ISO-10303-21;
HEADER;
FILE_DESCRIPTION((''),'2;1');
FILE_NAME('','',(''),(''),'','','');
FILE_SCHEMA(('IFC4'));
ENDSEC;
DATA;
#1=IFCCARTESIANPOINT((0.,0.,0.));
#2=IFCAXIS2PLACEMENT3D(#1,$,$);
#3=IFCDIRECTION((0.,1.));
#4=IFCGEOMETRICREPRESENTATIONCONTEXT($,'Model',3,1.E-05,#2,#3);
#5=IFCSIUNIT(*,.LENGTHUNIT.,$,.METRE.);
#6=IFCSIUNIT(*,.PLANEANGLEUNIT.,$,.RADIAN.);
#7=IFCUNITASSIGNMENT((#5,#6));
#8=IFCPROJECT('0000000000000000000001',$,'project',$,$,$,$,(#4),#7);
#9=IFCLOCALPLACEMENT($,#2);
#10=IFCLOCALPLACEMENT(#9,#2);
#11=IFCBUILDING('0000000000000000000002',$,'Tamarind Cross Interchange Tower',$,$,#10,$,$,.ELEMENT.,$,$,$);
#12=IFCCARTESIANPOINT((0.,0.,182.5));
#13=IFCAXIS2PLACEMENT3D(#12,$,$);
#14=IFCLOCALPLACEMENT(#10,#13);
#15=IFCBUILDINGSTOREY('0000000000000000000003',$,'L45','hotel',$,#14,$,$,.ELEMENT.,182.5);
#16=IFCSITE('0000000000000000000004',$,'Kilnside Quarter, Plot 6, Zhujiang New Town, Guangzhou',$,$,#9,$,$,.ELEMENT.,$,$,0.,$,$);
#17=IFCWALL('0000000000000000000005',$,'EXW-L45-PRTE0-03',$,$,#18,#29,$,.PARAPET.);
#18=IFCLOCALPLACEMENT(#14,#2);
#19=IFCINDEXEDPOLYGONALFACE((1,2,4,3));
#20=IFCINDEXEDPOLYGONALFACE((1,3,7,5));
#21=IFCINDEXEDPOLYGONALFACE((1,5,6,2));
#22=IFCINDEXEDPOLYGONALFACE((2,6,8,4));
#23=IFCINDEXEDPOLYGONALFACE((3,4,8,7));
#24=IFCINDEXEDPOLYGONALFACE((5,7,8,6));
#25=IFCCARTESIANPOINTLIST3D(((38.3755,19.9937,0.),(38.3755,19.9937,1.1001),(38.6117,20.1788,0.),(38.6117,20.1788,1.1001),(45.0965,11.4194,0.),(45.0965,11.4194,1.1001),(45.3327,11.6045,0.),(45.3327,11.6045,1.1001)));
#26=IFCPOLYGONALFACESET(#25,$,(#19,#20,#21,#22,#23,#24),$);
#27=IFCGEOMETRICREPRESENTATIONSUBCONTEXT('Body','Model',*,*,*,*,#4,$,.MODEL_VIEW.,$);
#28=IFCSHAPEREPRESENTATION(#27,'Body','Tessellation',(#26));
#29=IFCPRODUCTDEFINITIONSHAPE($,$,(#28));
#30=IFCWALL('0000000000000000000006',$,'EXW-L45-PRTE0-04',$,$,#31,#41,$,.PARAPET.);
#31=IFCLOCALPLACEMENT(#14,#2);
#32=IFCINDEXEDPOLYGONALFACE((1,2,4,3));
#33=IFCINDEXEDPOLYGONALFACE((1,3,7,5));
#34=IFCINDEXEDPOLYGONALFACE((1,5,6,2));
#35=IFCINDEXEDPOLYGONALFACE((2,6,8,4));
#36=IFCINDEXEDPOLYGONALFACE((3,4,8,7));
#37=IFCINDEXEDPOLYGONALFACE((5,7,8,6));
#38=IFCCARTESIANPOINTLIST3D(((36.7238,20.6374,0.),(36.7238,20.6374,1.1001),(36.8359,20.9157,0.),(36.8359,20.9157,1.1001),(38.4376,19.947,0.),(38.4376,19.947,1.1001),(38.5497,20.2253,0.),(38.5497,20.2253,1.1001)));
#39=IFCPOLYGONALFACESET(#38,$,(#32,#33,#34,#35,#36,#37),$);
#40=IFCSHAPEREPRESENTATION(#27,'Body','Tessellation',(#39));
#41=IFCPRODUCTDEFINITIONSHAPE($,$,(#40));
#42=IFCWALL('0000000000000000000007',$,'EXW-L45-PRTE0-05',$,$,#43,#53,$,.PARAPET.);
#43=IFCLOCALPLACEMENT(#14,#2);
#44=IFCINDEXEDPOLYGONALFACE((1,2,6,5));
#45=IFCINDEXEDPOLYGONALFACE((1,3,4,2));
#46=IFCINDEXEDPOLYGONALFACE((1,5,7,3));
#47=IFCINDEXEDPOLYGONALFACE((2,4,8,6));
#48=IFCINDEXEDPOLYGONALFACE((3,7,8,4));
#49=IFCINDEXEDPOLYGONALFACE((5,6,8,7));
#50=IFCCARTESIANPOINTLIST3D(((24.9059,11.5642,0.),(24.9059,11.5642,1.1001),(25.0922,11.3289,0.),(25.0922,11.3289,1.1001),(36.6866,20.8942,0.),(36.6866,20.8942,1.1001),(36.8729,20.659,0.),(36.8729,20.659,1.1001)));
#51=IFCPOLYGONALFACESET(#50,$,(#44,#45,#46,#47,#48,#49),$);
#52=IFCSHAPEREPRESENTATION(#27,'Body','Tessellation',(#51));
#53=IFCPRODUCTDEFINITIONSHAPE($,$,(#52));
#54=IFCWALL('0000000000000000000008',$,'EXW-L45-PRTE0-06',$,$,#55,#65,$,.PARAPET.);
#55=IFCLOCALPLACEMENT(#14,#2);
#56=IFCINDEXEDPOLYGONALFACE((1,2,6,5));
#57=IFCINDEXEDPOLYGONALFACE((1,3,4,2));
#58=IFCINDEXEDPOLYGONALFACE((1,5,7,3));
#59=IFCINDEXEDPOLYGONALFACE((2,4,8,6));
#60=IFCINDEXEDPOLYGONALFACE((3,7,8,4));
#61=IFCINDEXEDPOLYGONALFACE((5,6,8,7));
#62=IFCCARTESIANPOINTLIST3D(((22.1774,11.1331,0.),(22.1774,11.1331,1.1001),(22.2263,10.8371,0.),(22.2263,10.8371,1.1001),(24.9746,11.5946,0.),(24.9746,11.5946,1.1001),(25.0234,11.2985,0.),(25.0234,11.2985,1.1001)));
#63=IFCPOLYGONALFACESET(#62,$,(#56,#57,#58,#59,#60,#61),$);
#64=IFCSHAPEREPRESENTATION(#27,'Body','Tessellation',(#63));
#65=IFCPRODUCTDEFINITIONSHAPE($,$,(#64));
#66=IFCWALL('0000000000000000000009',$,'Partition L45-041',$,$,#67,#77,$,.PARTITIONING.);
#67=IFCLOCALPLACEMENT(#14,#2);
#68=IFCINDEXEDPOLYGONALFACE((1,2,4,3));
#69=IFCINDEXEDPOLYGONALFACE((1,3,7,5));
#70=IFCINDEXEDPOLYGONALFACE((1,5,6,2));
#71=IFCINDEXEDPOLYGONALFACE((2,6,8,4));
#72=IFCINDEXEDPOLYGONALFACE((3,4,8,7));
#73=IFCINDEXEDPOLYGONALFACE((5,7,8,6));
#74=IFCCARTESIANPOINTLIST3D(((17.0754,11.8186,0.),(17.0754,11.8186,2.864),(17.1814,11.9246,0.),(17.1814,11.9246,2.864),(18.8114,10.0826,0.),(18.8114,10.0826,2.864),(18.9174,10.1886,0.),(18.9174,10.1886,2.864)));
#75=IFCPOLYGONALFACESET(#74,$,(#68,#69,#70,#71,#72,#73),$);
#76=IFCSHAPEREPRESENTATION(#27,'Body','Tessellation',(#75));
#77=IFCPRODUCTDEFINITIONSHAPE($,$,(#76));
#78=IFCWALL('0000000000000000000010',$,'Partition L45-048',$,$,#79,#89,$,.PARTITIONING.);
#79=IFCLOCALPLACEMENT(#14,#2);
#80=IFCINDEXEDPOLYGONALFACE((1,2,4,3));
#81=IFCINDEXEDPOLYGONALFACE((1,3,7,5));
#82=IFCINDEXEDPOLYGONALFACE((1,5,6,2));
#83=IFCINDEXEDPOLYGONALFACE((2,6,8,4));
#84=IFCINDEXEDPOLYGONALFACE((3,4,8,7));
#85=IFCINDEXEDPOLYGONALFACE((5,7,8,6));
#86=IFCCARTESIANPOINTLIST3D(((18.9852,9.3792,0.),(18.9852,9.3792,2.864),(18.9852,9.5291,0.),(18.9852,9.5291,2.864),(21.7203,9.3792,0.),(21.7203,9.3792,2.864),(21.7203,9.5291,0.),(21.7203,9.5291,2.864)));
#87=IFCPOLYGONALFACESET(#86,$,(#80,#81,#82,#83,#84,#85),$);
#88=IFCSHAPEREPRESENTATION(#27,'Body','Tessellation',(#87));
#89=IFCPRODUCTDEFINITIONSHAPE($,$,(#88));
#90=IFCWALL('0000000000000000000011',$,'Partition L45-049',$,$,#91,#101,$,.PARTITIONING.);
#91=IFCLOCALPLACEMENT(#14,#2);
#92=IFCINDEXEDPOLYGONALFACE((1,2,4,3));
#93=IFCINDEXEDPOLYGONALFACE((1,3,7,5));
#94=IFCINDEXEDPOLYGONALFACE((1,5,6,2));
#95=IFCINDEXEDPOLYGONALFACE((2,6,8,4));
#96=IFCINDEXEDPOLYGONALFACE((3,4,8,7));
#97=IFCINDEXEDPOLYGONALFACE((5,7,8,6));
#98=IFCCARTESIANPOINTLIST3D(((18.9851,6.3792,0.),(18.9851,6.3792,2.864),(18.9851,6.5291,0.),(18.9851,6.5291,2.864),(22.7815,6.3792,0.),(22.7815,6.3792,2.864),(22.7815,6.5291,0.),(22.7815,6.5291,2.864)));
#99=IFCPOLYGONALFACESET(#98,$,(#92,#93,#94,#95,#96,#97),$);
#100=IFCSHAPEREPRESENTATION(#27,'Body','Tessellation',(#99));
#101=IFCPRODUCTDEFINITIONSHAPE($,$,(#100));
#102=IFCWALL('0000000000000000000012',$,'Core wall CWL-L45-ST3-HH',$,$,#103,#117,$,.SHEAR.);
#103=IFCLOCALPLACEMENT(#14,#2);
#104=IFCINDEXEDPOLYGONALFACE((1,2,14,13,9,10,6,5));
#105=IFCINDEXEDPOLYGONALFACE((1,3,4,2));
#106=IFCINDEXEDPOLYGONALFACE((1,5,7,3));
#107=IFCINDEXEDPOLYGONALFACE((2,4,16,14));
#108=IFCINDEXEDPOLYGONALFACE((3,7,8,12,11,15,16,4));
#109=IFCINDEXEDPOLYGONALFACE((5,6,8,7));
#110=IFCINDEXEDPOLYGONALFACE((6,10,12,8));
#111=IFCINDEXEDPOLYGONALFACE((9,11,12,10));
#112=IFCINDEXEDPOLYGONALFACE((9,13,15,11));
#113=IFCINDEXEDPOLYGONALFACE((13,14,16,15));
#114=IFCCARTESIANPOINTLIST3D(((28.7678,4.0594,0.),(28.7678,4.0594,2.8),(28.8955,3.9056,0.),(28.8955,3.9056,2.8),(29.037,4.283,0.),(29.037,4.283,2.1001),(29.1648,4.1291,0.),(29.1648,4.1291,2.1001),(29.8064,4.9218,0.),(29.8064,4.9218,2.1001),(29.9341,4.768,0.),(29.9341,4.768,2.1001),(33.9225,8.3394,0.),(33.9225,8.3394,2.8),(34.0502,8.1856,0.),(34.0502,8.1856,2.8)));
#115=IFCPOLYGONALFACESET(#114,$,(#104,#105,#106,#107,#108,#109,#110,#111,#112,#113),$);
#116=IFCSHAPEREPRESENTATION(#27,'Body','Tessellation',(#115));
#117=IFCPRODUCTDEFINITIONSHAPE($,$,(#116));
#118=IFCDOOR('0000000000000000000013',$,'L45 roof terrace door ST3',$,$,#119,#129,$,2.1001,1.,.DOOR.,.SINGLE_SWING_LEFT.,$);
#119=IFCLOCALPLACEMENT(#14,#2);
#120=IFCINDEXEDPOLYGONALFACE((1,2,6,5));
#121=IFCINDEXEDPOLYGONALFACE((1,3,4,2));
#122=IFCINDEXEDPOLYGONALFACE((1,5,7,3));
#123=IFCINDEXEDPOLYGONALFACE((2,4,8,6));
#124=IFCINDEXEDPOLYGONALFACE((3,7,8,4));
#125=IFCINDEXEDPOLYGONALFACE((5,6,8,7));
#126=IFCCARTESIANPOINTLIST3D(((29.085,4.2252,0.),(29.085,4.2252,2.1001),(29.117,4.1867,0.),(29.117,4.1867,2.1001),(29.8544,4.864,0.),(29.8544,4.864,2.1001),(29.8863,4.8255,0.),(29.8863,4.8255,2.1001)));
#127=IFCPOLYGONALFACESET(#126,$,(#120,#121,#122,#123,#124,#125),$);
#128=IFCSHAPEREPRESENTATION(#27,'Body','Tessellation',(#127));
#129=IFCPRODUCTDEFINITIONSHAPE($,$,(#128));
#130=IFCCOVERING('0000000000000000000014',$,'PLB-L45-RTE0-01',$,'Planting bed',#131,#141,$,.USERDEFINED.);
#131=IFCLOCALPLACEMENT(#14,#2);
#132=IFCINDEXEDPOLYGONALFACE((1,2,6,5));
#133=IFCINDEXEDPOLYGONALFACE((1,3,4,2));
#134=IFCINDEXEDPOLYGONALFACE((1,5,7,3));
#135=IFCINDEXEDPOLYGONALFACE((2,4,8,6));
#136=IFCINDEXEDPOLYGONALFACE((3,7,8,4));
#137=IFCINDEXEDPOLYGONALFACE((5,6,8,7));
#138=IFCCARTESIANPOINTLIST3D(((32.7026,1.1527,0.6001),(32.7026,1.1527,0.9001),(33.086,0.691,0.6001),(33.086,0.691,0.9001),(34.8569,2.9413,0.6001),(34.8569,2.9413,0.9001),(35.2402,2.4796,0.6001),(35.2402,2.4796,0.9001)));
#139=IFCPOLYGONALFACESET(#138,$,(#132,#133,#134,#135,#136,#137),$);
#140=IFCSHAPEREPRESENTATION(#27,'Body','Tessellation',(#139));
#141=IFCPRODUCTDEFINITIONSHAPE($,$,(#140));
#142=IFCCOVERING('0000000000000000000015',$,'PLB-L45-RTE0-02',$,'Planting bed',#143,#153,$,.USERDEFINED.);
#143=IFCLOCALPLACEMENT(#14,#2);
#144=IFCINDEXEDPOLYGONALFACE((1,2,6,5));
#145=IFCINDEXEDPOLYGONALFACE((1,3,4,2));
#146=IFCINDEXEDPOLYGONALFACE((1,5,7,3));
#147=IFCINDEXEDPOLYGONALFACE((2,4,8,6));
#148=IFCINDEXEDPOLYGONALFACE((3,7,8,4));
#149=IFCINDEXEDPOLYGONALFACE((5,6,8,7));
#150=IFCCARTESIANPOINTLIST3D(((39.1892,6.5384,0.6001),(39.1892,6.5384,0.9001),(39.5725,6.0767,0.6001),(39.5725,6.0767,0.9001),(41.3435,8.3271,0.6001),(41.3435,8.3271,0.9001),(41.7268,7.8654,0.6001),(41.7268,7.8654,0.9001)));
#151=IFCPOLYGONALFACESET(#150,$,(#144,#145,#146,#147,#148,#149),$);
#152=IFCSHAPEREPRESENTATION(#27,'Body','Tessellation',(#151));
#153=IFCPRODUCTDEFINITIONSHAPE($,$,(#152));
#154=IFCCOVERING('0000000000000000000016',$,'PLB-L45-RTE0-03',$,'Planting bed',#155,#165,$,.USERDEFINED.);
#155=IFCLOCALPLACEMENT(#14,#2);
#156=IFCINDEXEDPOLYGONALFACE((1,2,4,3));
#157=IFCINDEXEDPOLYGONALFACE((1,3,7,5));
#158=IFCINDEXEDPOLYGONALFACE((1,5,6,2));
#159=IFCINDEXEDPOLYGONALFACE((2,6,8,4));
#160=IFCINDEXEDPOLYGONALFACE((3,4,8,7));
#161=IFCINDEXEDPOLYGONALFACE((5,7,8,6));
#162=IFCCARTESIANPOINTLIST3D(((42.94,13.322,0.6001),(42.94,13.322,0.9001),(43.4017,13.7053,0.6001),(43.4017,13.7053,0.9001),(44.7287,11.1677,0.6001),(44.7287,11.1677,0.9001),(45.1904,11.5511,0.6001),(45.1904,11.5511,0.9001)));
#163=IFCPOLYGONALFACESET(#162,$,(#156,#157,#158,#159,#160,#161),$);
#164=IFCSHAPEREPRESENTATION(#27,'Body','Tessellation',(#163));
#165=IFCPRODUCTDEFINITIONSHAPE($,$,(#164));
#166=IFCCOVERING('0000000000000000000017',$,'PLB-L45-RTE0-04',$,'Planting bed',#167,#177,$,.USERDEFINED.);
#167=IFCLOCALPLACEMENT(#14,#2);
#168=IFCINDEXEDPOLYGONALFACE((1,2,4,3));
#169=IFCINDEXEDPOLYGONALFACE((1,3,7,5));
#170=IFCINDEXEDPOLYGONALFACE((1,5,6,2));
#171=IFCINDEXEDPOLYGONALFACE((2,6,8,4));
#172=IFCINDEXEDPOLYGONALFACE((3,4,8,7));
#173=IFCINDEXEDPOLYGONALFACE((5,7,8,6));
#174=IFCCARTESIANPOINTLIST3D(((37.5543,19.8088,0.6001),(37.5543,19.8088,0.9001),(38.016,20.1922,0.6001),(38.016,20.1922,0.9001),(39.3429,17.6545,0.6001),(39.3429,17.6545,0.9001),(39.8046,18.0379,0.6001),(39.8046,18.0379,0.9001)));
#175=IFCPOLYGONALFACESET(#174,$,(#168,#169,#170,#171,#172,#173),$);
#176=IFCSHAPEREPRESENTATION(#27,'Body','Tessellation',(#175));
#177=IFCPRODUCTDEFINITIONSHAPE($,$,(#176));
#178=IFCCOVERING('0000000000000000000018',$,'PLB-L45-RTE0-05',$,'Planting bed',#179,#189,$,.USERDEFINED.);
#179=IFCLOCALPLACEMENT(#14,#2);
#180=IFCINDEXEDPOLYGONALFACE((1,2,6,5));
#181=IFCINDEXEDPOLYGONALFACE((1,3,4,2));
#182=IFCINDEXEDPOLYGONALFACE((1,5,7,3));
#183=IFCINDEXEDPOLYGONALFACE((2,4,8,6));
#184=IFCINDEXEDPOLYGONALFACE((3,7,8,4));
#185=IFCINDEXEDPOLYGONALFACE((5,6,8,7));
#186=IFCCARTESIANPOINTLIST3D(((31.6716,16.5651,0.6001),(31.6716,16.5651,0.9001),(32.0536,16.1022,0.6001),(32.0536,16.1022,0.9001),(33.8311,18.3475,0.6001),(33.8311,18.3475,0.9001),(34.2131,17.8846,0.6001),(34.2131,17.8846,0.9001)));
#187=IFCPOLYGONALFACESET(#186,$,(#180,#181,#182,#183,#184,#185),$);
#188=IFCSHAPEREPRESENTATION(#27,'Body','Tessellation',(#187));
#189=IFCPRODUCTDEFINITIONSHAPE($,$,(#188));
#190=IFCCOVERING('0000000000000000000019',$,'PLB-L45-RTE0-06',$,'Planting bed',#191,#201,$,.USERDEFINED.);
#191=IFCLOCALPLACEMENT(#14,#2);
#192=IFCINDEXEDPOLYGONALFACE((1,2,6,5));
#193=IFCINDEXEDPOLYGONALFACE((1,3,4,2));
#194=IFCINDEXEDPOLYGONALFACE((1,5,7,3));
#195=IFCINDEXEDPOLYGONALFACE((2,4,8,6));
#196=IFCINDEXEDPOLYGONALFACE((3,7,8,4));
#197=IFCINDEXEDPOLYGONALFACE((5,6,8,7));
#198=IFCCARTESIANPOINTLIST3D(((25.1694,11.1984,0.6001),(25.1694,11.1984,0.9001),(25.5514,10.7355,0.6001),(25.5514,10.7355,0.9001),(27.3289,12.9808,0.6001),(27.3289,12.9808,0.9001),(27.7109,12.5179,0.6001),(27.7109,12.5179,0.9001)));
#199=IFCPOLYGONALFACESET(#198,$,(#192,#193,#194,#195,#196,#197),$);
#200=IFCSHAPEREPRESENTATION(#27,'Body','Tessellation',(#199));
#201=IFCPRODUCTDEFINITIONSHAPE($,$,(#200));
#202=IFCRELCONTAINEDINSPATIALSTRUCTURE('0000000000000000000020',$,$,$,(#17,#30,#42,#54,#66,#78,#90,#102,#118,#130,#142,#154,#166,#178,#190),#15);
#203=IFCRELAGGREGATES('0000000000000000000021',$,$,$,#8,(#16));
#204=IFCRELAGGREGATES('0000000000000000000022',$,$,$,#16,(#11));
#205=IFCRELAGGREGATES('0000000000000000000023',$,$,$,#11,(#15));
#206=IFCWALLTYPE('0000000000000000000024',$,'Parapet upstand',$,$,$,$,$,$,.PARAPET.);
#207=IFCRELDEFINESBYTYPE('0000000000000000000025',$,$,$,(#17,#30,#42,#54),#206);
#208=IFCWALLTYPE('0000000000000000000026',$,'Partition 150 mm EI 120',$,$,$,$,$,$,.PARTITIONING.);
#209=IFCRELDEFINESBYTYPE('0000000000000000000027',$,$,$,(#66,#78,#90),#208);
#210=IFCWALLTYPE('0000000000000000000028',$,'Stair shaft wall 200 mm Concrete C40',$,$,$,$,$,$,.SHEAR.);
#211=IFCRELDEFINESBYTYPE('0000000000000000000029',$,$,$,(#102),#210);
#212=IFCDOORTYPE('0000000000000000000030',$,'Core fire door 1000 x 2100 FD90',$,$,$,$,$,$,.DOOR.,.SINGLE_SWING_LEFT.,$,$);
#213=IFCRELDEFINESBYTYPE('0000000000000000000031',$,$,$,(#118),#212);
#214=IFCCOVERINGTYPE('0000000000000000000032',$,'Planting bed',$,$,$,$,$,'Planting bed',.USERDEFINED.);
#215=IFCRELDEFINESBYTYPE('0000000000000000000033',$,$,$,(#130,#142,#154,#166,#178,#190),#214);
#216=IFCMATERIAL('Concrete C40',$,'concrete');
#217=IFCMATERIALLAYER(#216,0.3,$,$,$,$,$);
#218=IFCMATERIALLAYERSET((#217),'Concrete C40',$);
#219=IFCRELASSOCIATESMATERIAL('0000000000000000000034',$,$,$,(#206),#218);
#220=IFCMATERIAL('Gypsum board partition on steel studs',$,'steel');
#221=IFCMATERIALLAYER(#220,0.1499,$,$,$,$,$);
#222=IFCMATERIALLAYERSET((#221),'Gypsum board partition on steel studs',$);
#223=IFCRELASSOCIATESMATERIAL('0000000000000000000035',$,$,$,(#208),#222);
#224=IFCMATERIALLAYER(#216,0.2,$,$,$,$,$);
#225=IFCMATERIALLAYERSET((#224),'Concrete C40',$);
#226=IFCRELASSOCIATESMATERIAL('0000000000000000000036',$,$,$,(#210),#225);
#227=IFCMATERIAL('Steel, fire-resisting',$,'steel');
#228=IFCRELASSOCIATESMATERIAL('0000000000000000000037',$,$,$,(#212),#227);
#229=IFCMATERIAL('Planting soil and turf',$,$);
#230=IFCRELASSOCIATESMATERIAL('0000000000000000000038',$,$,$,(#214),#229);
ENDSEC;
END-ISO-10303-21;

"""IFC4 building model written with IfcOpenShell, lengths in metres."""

from ifc_helpers import new_model, si_unit, direction, frame, frame_2d, origin, origin_2d, place, context, subcontext, project, spatial, rectangle, extrude, material, layer, layer_set, type_object, element, fill, save


model = new_model("IFC4")

# Units and contexts
model_context = context("Model", 3, precision=1e-05, world=origin(), true_north=direction((0.0, 1.0)))
body_context = subcontext(model_context, "Body", "Model", "MODEL_VIEW")
ifc_project = project(units=[si_unit("LENGTHUNIT", "METRE"), si_unit("PLANEANGLEUNIT", "RADIAN")], contexts=[model_context])

# Site, building, storey
site_placement = place(None, origin())
site = spatial("IfcSite", under=ifc_project, at=site_placement, Name="Kilnside Quarter, Plot 6, Zhujiang New Town, Guangzhou", CompositionType="ELEMENT", RefElevation=0.0)
building_placement = place(site_placement, origin())
building = spatial("IfcBuilding", under=site, at=building_placement, Name="Tamarind Cross Interchange Tower", CompositionType="ELEMENT")
storey_placement = place(building_placement, frame((0.0, 0.0, 182.5)))
storey = spatial("IfcBuildingStorey", under=building, at=storey_placement, Name="L45", Description="hotel", CompositionType="ELEMENT", Elevation=182.5)

# Shared definitions
ifc_material_1 = material(Name="Concrete C40", Category="concrete")

# Walls
ifc_layer_1 = layer(ifc_material_1, 0.3)
ifc_layer_set_1 = layer_set([ifc_layer_1], Name="Concrete C40")
wall_type_1 = type_object("IfcWallType", Name="Parapet upstand", PredefinedType="PARAPET", material=ifc_layer_set_1)
wall_1_placement = place(storey_placement, frame((45.2146, 11.512, 0.0), z_axis=(0.0, 0.0, 1.0), x_axis=(-0.616917, 0.787029, 0.0)))
element("IfcWall", 1, at=wall_1_placement, inside=storey, type_object=wall_type_1, Name="EXW-L45-PRTE0-03", PredefinedType="PARAPET", context=body_context, shape_type="SweptSolid", body=[
    extrude(rectangle(XDim=10.8945, YDim=0.3, at=frame_2d((5.4473, 0.0))), origin(), (0.0, 0.0, 1.0), 1.1001),
])
wall_2_placement = place(storey_placement, frame((38.4937, 20.0862, 0.0), z_axis=(0.0, 0.0, 1.0), x_axis=(-0.927563, 0.373668, 0.0)))
element("IfcWall", 2, at=wall_2_placement, inside=storey, type_object=wall_type_1, Name="EXW-L45-PRTE0-04", PredefinedType="PARAPET", context=body_context, shape_type="SweptSolid", body=[
    extrude(rectangle(XDim=1.8477, YDim=0.3, at=frame_2d((0.9238, 0.0))), origin(), (0.0, 0.0, 1.0), 1.1001),
])
wall_3_placement = place(storey_placement, frame((36.7798, 20.7766, 0.0), z_axis=(0.0, 0.0, 1.0), x_axis=(-0.783928, -0.620852, 0.0)))
element("IfcWall", 3, at=wall_3_placement, inside=storey, type_object=wall_type_1, Name="EXW-L45-PRTE0-05", PredefinedType="PARAPET", context=body_context, shape_type="SweptSolid", body=[
    extrude(rectangle(XDim=15.0278, YDim=0.3, at=frame_2d((7.5139, 0.0))), origin(), (0.0, 0.0, 1.0), 1.1001),
])
wall_4_placement = place(storey_placement, frame((24.999, 11.4465, 0.0), z_axis=(0.0, 0.0, 1.0), x_axis=(-0.986665, -0.162765, 0.0)))
element("IfcWall", 4, at=wall_4_placement, inside=storey, type_object=wall_type_1, Name="EXW-L45-PRTE0-06", PredefinedType="PARAPET", context=body_context, shape_type="SweptSolid", body=[
    extrude(rectangle(XDim=2.835, YDim=0.3, at=frame_2d((1.4175, 0.0))), origin(), (0.0, 0.0, 1.0), 1.1001),
])
ifc_material_2 = material(Name="Gypsum board partition on steel studs", Category="steel")
ifc_layer_2 = layer(ifc_material_2, 0.1499)
ifc_layer_set_2 = layer_set([ifc_layer_2], Name="Gypsum board partition on steel studs")
wall_type_2 = type_object("IfcWallType", Name="Partition 150 mm EI 120", PredefinedType="PARTITIONING", material=ifc_layer_set_2)
wall_5_placement = place(storey_placement, frame((17.1284, 11.8716, 0.0), z_axis=(0.0, 0.0, 1.0), x_axis=(0.707107, -0.707107, 0.0)))
element("IfcWall", 5, at=wall_5_placement, inside=storey, type_object=wall_type_2, Name="Partition L45-041", PredefinedType="PARTITIONING", context=body_context, shape_type="SweptSolid", body=[
    extrude(rectangle(XDim=2.4551, YDim=0.1499, at=frame_2d((1.2275, 0.0))), origin(), (0.0, 0.0, 1.0), 2.864),
])
wall_6_placement = place(storey_placement, frame((18.9851, 9.4541, 0.0), z_axis=(0.0, 0.0, 1.0), x_axis=(1.0, 0.0, 0.0)))
element("IfcWall", 6, at=wall_6_placement, inside=storey, type_object=wall_type_2, Name="Partition L45-048", PredefinedType="PARTITIONING", context=body_context, shape_type="SweptSolid", body=[
    extrude(rectangle(XDim=2.7351, YDim=0.1499, at=frame_2d((1.3677, 0.0))), origin(), (0.0, 0.0, 1.0), 2.864),
])
wall_7_placement = place(storey_placement, frame((18.9851, 6.4541, 0.0), z_axis=(0.0, 0.0, 1.0), x_axis=(1.0, 0.0, 0.0)))
element("IfcWall", 7, at=wall_7_placement, inside=storey, type_object=wall_type_2, Name="Partition L45-049", PredefinedType="PARTITIONING", context=body_context, shape_type="SweptSolid", body=[
    extrude(rectangle(XDim=3.7964, YDim=0.1499, at=frame_2d((1.8982, 0.0))), origin(), (0.0, 0.0, 1.0), 2.864),
])

# Wall, opening, door
ifc_layer_3 = layer(ifc_material_1, 0.2)
ifc_layer_set_3 = layer_set([ifc_layer_3], Name="Concrete C40")
wall_type_3 = type_object("IfcWallType", Name="Stair shaft wall 200 mm Concrete C40", PredefinedType="SHEAR", material=ifc_layer_set_3)
wall_8_placement = place(storey_placement, frame((28.8315, 3.9824, 0.0), z_axis=(0.0, 0.0, 1.0), x_axis=(0.769367, 0.638807, 0.0)))
wall_8 = element("IfcWall", 8, at=wall_8_placement, inside=storey, type_object=wall_type_3, Name="Core wall CWL-L45-ST3-HH", PredefinedType="SHEAR", context=body_context, shape_type="SweptSolid", body=[
    extrude(rectangle(XDim=6.7, YDim=0.2, at=frame_2d((3.3501, 0.0))), origin(), (0.0, 0.0, 1.0), 2.8),
])
opening_1_placement = place(wall_8_placement, frame((0.3501, 0.0, 0.0)))
opening_1 = element("IfcOpeningElement", 9, at=opening_1_placement, cuts=wall_8, PredefinedType="OPENING", context=body_context, shape_type="SweptSolid", body=[
    extrude(rectangle(XDim=1.0, YDim=2.1001, at=frame_2d((0.5, 1.05))), frame((0.0, 0.1099, 0.0), z_axis=(0.0, -1.0, 0.0), x_axis=(1.0, 0.0, 0.0)), (0.0, 0.0, 1.0), 0.22),
])
ifc_material_3 = material(Name="Steel, fire-resisting", Category="steel")
door_type_1 = type_object("IfcDoorType", Name="Core fire door 1000 x 2100 FD90", OperationType="SINGLE_SWING_LEFT", PredefinedType="DOOR", material=ifc_material_3)
door_1_placement = place(opening_1_placement, origin())
door_1 = element("IfcDoor", 10, at=door_1_placement, inside=storey, type_object=door_type_1, Name="L45 roof terrace door ST3", OperationType="SINGLE_SWING_LEFT", OverallHeight=2.1001, OverallWidth=1.0, PredefinedType="DOOR", context=body_context, shape_type="SweptSolid", body=[
    extrude(rectangle(XDim=1.0, YDim=2.1001, at=frame_2d((0.5, 1.05))), frame((0.0, 0.0249, 0.0), z_axis=(0.0, -1.0, 0.0), x_axis=(1.0, 0.0, 0.0)), (0.0, 0.0, 1.0), 0.05),
])
fill(opening_1, door_1)

# Coverings
ifc_material_4 = material(Name="Planting soil and turf")
covering_type = type_object("IfcCoveringType", Name="Planting bed", ElementType="Planting bed", PredefinedType="USERDEFINED", material=ifc_material_4)
for number, where, z_axis, x_axis, name in (
    (11, (33.9714, 1.8162, 0.6001), (0.0, 0.0, 1.0), (0.769373, 0.6388, 0.0), "PLB-L45-RTE0-01"),
    (12, (40.458, 7.2019, 0.6001), (0.0, 0.0, 1.0), (0.769373, 0.6388, 0.0), "PLB-L45-RTE0-02"),
    (13, (44.0652, 12.4365, 0.6001), (0.0, 0.0, 1.0), (-0.6388, 0.769373, 0.0), "PLB-L45-RTE0-03"),
    (14, (38.6794, 18.9233, 0.6001), (0.0, 0.0, 1.0), (-0.6388, 0.769373, 0.0), "PLB-L45-RTE0-04"),
    (15, (32.9424, 17.2249, 0.6001), (0.0, 0.0, 1.0), (-0.771227, -0.63656, 0.0), "PLB-L45-RTE0-05"),
    (16, (26.4402, 11.8582, 0.6001), (0.0, 0.0, 1.0), (-0.771227, -0.63656, 0.0), "PLB-L45-RTE0-06"),
):
    element("IfcCovering", number, at=place(storey_placement, frame(where, z_axis=z_axis, x_axis=x_axis)), inside=storey, type_object=covering_type, Name=name, ObjectType="Planting bed", PredefinedType="USERDEFINED", context=body_context, shape_type="SweptSolid", body=[
        extrude(rectangle(XDim=2.8, YDim=0.6001, at=origin_2d()), origin(), (0.0, 0.0, 1.0), 0.3),
    ])

save(model, "model.ifc")
